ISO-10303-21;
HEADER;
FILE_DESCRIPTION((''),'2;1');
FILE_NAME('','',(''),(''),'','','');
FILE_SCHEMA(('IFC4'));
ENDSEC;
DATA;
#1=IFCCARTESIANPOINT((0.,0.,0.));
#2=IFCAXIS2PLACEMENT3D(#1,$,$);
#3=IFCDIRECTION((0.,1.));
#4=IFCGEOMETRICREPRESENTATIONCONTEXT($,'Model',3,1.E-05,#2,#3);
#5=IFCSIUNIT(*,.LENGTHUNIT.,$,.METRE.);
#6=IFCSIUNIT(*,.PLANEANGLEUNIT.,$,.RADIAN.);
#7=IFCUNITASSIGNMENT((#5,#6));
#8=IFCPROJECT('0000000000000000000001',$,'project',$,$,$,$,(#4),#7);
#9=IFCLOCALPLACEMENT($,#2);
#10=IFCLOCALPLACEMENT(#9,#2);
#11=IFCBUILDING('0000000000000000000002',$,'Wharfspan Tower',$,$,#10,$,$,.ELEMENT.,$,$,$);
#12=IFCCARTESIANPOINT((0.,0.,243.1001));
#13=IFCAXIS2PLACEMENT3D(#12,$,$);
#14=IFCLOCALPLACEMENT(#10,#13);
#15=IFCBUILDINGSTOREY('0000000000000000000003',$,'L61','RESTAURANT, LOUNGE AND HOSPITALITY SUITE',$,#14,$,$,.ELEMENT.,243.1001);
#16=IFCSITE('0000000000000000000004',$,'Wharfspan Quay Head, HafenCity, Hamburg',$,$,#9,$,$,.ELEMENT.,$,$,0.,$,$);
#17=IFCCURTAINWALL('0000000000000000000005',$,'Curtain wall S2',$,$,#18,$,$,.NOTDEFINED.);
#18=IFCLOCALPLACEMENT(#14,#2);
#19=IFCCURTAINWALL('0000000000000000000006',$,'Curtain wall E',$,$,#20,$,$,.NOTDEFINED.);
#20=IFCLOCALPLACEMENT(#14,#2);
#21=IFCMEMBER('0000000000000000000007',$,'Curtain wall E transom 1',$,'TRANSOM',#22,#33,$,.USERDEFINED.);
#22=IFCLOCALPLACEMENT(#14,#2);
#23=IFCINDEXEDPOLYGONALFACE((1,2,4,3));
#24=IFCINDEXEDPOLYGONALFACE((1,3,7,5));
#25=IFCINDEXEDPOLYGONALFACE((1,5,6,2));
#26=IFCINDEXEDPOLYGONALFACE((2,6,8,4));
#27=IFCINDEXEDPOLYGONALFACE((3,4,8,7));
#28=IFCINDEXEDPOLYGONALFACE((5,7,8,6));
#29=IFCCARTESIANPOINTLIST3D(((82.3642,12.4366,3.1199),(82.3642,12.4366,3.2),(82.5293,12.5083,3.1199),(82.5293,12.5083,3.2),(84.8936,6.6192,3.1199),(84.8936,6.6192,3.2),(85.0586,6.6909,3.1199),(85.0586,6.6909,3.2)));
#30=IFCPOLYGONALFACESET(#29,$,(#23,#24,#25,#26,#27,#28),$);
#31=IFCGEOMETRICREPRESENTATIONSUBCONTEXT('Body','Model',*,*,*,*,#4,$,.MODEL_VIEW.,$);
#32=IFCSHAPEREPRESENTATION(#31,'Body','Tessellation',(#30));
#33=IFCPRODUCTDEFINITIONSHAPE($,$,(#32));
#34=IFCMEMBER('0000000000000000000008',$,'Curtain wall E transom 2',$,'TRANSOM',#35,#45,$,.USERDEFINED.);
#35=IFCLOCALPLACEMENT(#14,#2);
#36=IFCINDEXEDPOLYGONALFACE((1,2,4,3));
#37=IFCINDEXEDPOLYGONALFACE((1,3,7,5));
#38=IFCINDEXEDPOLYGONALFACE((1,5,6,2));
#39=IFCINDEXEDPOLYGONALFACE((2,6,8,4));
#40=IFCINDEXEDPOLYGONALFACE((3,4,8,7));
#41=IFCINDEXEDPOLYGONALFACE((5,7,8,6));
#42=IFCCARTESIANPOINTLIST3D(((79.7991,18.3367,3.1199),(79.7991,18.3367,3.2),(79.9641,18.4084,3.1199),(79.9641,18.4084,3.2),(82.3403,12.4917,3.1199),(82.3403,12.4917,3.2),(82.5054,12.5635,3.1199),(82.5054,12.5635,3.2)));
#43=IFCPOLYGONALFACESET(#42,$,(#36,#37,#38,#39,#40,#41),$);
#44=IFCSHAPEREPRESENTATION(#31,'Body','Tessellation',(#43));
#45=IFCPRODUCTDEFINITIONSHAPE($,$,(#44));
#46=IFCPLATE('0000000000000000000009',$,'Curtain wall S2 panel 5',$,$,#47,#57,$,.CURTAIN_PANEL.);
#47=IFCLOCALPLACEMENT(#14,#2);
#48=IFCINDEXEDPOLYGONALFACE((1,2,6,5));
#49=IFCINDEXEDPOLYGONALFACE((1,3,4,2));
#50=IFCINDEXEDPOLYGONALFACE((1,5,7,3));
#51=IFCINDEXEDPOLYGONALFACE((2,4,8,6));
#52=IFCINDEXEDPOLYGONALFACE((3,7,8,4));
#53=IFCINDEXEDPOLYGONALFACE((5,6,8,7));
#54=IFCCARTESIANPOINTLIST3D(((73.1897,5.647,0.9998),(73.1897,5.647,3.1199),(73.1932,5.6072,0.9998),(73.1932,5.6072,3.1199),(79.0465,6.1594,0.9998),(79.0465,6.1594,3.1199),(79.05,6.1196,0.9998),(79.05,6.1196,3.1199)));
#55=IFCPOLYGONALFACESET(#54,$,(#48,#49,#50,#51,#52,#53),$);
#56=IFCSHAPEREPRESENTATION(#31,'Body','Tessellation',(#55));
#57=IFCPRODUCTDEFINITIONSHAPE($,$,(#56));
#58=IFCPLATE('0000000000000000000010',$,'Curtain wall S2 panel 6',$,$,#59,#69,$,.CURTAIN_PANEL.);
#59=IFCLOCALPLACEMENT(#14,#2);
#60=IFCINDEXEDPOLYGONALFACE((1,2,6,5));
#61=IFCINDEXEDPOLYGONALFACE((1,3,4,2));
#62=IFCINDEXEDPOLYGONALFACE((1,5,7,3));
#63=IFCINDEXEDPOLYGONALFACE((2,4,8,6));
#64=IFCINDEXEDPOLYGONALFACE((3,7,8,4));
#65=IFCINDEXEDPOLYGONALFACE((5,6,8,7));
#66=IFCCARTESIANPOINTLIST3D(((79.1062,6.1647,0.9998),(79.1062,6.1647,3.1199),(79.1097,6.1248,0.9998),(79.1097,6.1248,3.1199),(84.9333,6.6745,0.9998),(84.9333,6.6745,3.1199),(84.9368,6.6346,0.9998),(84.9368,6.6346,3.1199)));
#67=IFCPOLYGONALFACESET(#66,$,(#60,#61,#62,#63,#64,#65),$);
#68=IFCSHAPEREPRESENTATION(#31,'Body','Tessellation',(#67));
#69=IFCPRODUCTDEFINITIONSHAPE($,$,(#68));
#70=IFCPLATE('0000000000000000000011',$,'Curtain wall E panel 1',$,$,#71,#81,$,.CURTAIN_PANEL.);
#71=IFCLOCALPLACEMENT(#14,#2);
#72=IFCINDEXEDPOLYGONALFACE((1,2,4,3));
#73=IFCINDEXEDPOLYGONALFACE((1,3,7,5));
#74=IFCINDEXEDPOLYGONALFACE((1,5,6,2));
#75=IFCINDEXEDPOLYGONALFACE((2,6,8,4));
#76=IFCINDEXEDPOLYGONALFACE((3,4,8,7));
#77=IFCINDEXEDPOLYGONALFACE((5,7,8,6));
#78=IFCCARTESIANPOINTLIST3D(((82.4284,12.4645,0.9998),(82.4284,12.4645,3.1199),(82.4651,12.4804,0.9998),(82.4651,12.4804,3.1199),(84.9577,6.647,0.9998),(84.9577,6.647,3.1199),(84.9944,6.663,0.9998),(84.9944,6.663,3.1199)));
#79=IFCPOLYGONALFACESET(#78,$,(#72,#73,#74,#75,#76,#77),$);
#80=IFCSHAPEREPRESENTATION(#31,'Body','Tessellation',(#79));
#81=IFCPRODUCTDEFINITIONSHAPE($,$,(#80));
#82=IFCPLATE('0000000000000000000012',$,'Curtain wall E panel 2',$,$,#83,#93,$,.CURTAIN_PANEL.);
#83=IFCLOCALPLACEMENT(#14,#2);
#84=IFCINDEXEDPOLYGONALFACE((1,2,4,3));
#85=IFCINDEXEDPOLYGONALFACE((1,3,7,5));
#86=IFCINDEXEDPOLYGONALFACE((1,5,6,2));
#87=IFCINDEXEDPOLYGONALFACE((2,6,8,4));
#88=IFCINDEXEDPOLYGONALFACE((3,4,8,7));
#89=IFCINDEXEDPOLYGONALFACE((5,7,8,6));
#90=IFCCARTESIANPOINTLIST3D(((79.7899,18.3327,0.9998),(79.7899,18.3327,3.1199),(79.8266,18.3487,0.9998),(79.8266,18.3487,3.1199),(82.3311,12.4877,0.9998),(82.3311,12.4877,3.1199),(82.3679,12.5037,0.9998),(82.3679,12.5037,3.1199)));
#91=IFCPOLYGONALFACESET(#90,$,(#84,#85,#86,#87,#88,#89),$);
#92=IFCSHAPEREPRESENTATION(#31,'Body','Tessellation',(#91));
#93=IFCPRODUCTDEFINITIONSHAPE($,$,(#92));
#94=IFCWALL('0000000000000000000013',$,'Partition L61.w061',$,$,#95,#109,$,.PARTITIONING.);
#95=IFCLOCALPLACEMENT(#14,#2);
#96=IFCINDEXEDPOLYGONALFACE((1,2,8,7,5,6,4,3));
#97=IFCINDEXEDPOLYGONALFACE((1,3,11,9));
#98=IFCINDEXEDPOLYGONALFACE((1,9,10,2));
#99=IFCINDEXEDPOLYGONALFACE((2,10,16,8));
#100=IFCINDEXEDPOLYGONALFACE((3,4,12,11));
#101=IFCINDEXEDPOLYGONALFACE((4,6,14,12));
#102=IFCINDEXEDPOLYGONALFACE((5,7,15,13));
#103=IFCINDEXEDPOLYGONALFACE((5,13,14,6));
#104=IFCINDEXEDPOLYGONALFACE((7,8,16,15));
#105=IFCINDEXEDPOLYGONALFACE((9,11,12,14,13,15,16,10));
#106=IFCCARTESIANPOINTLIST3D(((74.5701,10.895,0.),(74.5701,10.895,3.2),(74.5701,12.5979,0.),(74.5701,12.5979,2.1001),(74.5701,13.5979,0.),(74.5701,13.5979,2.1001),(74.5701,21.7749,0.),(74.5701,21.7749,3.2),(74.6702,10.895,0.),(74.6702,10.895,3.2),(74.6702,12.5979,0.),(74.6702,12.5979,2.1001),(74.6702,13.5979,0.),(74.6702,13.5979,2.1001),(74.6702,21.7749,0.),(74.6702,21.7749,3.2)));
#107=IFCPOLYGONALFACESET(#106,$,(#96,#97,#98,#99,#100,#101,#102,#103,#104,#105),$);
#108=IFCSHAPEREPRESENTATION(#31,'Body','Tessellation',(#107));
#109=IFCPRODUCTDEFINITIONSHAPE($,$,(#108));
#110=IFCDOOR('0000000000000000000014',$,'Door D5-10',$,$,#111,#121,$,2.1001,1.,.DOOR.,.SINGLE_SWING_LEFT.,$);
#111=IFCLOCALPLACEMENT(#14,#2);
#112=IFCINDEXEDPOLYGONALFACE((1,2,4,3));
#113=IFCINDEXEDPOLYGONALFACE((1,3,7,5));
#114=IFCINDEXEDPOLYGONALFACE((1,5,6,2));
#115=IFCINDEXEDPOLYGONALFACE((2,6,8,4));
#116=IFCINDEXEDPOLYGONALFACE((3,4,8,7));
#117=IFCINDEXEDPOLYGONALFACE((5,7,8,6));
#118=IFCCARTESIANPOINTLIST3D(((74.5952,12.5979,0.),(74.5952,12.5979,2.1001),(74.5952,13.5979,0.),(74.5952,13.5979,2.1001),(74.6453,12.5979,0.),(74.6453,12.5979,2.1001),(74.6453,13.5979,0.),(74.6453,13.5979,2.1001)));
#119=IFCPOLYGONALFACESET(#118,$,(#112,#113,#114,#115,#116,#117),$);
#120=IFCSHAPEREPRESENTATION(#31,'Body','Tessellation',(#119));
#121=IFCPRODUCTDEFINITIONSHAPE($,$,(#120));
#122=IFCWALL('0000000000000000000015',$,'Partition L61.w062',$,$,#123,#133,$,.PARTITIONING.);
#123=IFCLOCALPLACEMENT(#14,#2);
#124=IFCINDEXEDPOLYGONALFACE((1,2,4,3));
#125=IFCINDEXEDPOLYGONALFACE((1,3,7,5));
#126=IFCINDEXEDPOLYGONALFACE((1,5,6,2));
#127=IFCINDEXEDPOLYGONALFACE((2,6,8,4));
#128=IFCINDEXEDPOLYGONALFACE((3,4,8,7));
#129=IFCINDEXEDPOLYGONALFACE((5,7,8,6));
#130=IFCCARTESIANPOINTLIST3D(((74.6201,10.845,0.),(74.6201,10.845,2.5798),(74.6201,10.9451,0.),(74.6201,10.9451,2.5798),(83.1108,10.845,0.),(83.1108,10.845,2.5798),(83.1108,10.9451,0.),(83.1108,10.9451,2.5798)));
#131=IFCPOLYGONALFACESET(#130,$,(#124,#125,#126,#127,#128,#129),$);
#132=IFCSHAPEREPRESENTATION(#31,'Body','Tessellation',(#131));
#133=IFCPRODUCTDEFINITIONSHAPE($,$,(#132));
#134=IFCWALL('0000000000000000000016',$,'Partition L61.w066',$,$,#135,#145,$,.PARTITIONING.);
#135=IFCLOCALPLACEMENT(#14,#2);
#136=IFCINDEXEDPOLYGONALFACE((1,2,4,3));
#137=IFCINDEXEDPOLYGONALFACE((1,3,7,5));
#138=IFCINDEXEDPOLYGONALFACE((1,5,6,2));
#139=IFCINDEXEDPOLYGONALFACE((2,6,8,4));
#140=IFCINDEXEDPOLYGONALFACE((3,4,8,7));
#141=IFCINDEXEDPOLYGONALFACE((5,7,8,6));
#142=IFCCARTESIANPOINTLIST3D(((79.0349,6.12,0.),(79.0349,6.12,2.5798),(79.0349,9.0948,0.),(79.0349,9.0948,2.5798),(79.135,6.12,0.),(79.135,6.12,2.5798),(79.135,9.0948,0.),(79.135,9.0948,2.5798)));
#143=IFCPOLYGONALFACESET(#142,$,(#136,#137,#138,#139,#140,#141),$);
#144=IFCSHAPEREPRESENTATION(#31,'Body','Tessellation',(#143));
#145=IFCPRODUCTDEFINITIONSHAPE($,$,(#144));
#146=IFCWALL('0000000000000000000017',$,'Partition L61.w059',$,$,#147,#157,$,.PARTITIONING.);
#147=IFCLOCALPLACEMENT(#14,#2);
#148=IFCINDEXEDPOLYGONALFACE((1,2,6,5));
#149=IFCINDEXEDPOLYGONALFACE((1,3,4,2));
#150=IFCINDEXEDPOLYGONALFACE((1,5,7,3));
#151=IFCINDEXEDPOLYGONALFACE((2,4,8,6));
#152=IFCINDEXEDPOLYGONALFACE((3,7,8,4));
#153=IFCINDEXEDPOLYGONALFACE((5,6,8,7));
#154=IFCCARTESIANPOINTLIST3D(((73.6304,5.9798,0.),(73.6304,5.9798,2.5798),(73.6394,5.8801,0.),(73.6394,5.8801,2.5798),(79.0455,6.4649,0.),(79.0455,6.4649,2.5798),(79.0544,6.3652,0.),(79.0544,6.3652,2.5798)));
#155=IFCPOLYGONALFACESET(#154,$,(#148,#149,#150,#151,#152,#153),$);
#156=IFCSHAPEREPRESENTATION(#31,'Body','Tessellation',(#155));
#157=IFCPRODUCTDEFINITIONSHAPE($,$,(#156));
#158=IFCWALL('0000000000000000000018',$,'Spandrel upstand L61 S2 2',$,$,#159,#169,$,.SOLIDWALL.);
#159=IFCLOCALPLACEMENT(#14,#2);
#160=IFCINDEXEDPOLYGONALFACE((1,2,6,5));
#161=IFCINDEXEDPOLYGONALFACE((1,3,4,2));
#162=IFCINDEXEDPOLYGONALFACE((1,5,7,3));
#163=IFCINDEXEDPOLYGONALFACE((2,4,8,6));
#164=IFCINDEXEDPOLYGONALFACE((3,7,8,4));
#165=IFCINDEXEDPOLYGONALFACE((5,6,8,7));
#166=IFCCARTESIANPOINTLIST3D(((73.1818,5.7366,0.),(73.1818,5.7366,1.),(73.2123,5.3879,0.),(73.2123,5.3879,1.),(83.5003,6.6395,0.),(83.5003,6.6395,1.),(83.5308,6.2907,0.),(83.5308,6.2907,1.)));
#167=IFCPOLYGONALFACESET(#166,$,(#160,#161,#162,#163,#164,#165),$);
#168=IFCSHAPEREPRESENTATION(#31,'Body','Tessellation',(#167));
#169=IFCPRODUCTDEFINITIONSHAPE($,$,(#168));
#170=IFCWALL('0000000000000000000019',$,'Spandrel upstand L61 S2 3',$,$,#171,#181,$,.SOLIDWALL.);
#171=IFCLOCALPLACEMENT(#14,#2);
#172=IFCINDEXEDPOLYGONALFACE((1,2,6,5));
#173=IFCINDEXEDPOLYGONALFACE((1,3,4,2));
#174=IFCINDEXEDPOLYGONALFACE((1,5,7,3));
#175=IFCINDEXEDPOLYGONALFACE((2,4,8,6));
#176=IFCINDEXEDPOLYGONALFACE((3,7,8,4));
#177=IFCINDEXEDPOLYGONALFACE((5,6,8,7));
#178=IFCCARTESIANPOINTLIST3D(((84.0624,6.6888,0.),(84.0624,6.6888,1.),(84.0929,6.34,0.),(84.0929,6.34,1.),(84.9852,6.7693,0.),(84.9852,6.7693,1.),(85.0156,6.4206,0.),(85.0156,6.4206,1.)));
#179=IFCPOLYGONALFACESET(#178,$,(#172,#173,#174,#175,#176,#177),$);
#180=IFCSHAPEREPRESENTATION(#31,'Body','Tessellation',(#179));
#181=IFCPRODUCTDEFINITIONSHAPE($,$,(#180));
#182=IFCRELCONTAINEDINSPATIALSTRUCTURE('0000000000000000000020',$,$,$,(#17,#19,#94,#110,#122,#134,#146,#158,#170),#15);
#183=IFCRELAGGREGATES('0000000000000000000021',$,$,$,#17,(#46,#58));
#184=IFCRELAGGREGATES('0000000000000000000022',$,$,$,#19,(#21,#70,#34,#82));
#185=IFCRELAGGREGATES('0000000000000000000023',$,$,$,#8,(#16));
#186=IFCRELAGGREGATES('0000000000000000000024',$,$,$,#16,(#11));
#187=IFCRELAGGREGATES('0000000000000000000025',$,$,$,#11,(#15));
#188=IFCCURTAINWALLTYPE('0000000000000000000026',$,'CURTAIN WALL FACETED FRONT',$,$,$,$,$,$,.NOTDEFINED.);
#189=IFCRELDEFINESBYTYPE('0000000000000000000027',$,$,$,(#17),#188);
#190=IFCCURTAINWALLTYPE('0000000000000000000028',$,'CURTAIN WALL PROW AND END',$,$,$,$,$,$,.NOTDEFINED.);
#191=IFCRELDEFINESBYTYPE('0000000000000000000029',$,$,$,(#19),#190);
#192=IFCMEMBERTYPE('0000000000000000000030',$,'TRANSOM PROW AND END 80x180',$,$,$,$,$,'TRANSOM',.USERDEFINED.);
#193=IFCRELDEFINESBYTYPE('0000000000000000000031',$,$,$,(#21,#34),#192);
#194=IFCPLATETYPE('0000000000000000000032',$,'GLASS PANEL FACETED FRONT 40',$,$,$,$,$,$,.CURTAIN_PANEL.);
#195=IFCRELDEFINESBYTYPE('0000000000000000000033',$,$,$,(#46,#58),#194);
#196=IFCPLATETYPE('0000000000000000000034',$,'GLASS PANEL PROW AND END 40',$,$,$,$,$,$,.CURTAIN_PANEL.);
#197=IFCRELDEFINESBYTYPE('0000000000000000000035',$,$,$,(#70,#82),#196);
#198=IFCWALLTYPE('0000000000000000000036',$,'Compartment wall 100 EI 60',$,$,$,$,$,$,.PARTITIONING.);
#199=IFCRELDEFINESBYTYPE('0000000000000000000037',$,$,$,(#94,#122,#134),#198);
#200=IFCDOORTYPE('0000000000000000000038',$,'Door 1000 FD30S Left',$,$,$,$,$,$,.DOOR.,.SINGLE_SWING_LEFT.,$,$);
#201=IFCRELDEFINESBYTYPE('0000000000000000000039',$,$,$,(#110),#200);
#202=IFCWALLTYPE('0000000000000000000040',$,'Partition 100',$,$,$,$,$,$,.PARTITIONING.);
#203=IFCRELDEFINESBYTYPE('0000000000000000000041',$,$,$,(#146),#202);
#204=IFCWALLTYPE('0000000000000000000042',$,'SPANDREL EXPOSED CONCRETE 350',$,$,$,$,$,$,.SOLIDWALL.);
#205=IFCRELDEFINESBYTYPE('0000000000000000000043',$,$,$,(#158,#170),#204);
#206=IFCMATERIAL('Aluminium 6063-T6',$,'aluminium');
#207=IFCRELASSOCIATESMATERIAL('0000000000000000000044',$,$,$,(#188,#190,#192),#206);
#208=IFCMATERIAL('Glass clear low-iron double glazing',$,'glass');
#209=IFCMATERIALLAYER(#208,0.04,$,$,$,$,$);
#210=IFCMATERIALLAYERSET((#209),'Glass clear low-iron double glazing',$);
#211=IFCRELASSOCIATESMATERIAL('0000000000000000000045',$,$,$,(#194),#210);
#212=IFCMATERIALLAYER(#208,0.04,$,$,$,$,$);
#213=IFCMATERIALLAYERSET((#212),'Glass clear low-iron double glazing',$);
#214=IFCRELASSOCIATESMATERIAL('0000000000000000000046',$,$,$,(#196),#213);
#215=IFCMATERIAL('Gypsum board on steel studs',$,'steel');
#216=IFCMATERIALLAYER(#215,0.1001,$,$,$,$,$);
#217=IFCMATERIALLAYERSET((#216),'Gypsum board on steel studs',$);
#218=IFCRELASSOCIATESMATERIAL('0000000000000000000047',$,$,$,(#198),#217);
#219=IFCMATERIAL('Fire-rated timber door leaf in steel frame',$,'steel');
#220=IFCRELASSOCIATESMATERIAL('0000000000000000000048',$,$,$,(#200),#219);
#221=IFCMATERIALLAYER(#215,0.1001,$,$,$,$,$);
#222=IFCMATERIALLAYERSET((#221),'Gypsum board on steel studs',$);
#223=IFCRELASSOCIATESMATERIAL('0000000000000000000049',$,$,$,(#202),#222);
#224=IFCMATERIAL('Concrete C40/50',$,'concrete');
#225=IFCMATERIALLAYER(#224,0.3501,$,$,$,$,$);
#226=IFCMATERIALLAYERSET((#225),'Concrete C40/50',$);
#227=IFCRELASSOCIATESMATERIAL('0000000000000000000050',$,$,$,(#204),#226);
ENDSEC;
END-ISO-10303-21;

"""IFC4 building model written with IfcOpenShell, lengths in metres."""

from ifc_helpers import new_model, si_unit, direction, frame, frame_2d, origin, origin_2d, place, context, subcontext, project, spatial, rectangle, extrude, material, layer, layer_set, material_profile, profile_set, type_object, element, fill, aggregate, save


model = new_model("IFC4")

# Units and contexts
model_context = context("Model", 3, precision=1e-05, world=origin(), true_north=direction((0.0, 1.0)))
body_context = subcontext(model_context, "Body", "Model", "MODEL_VIEW")
ifc_project = project(units=[si_unit("LENGTHUNIT", "METRE"), si_unit("PLANEANGLEUNIT", "RADIAN")], contexts=[model_context])

# Site, building, storey
site_placement = place(None, origin())
site = spatial("IfcSite", under=ifc_project, at=site_placement, Name="Wharfspan Quay Head, HafenCity, Hamburg", CompositionType="ELEMENT", RefElevation=0.0)
building_placement = place(site_placement, origin())
building = spatial("IfcBuilding", under=site, at=building_placement, Name="Wharfspan Tower", CompositionType="ELEMENT")
storey_placement = place(building_placement, frame((0.0, 0.0, 243.1001)))
storey = spatial("IfcBuildingStorey", under=building, at=storey_placement, Name="L61", Description="RESTAURANT, LOUNGE AND HOSPITALITY SUITE", CompositionType="ELEMENT", Elevation=243.1001)

# Curtain walls
ifc_material_1 = material(Name="Aluminium 6063-T6", Category="aluminium")
curtain_wall_type_1 = type_object("IfcCurtainWallType", Name="CURTAIN WALL FACETED FRONT", PredefinedType="NOTDEFINED", material=ifc_material_1)
curtain_wall_1_placement = place(storey_placement, origin())
curtain_wall_1 = element("IfcCurtainWall", 1, at=curtain_wall_1_placement, inside=storey, type_object=curtain_wall_type_1, Name="Curtain wall S2", PredefinedType="NOTDEFINED")
curtain_wall_type_2 = type_object("IfcCurtainWallType", Name="CURTAIN WALL PROW AND END", PredefinedType="NOTDEFINED", material=ifc_material_1)
curtain_wall_2_placement = place(storey_placement, origin())
curtain_wall_2 = element("IfcCurtainWall", 2, at=curtain_wall_2_placement, inside=storey, type_object=curtain_wall_type_2, Name="Curtain wall E", PredefinedType="NOTDEFINED")

# Members
ifc_material_profile_1 = material_profile(ifc_material_1, rectangle(XDim=0.1799, YDim=0.0801, at=origin_2d()))
ifc_profile_set_1 = profile_set([ifc_material_profile_1], Name="Aluminium 6063-T6")
member_type_1 = type_object("IfcMemberType", Name="TRANSOM PROW AND END 80x180", ElementType="TRANSOM", PredefinedType="USERDEFINED", material=ifc_profile_set_1)
member_1_placement = place(storey_placement, frame((84.9761, 6.655, 3.1599), z_axis=(-0.398726, 0.91707, 0.0), x_axis=(-0.91707, -0.398726, 0.0)))
member_1 = element("IfcMember", 3, at=member_1_placement, type_object=member_type_1, Name="Curtain wall E transom 1", ObjectType="TRANSOM", PredefinedType="USERDEFINED", context=body_context, shape_type="SweptSolid", body=[
    extrude(rectangle(XDim=0.1799, YDim=0.0801, at=origin_2d()), origin(), (0.0, 0.0, 1.0), 6.3435),
])
member_2_placement = place(storey_placement, frame((82.4229, 12.5276, 3.1599), z_axis=(-0.398722, 0.917072, 0.0), x_axis=(-0.917072, -0.398722, 0.0)))
member_2 = element("IfcMember", 4, at=member_2_placement, type_object=member_type_1, Name="Curtain wall E transom 2", ObjectType="TRANSOM", PredefinedType="USERDEFINED", context=body_context, shape_type="SweptSolid", body=[
    extrude(rectangle(XDim=0.1799, YDim=0.0801, at=origin_2d()), origin(), (0.0, 0.0, 1.0), 6.3735),
])

# Plates
ifc_material_2 = material(Name="Glass clear low-iron double glazing", Category="glass")
ifc_layer_1 = layer(ifc_material_2, 0.04)
ifc_layer_set_1 = layer_set([ifc_layer_1], Name="Glass clear low-iron double glazing")
plate_type_1 = type_object("IfcPlateType", Name="GLASS PANEL FACETED FRONT 40", PredefinedType="CURTAIN_PANEL", material=ifc_layer_set_1)
plate_1_placement = place(storey_placement, frame((76.1199, 5.8833, 0.9998), z_axis=(0.0, 0.0, 1.0), x_axis=(0.996197, 0.087156, 0.0)))
plate_1 = element("IfcPlate", 5, at=plate_1_placement, type_object=plate_type_1, Name="Curtain wall S2 panel 5", PredefinedType="CURTAIN_PANEL", context=body_context, shape_type="SweptSolid", body=[
    extrude(rectangle(XDim=5.8792, YDim=0.04, at=origin_2d()), origin(), (0.0, 0.0, 1.0), 2.1201),
])
plate_2_placement = place(storey_placement, frame((82.0215, 6.3997, 0.9998), z_axis=(0.0, 0.0, 1.0), x_axis=(0.996197, 0.087156, 0.0)))
plate_2 = element("IfcPlate", 6, at=plate_2_placement, type_object=plate_type_1, Name="Curtain wall S2 panel 6", PredefinedType="CURTAIN_PANEL", context=body_context, shape_type="SweptSolid", body=[
    extrude(rectangle(XDim=5.8494, YDim=0.04, at=origin_2d()), origin(), (0.0, 0.0, 1.0), 2.1201),
])
aggregate(curtain_wall_1, [plate_1, plate_2])
ifc_layer_2 = layer(ifc_material_2, 0.04)
ifc_layer_set_2 = layer_set([ifc_layer_2], Name="Glass clear low-iron double glazing")
plate_type_2 = type_object("IfcPlateType", Name="GLASS PANEL PROW AND END 40", PredefinedType="CURTAIN_PANEL", material=ifc_layer_set_2)
plate_3_placement = place(storey_placement, frame((83.7114, 9.5637, 0.9998), z_axis=(0.0, 0.0, 1.0), x_axis=(-0.398727, 0.917072, 0.0)))
plate_3 = element("IfcPlate", 7, at=plate_3_placement, type_object=plate_type_2, Name="Curtain wall E panel 1", PredefinedType="CURTAIN_PANEL", context=body_context, shape_type="SweptSolid", body=[
    extrude(rectangle(XDim=6.3435, YDim=0.04, at=origin_2d()), origin(), (0.0, 0.0, 1.0), 2.1201),
])
plate_4_placement = place(storey_placement, frame((81.0789, 15.4182, 0.9998), z_axis=(0.0, 0.0, 1.0), x_axis=(-0.398727, 0.917072, 0.0)))
plate_4 = element("IfcPlate", 8, at=plate_4_placement, type_object=plate_type_2, Name="Curtain wall E panel 2", PredefinedType="CURTAIN_PANEL", context=body_context, shape_type="SweptSolid", body=[
    extrude(rectangle(XDim=6.3735, YDim=0.04, at=origin_2d()), origin(), (0.0, 0.0, 1.0), 2.1201),
])
aggregate(curtain_wall_2, [member_1, plate_3, member_2, plate_4])

# Wall, opening, door
ifc_material_3 = material(Name="Gypsum board on steel studs", Category="steel")
ifc_layer_3 = layer(ifc_material_3, 0.1001)
ifc_layer_set_3 = layer_set([ifc_layer_3], Name="Gypsum board on steel studs")
wall_type_1 = type_object("IfcWallType", Name="Compartment wall 100 EI 60", PredefinedType="PARTITIONING", material=ifc_layer_set_3)
wall_1_placement = place(storey_placement, frame((74.6201, 10.895, 0.0), z_axis=(0.0, 0.0, 1.0), x_axis=(0.0, 1.0, 0.0)))
wall_1 = element("IfcWall", 9, at=wall_1_placement, inside=storey, type_object=wall_type_1, Name="Partition L61.w061", PredefinedType="PARTITIONING", context=body_context, shape_type="SweptSolid", body=[
    extrude(rectangle(XDim=10.8799, YDim=0.1001, at=frame_2d((5.4399, 0.0))), origin(), (0.0, 0.0, 1.0), 3.2),
])
opening_placement = place(wall_1_placement, frame((1.7029, 0.0, 0.0)))
opening = element("IfcOpeningElement", 10, at=opening_placement, cuts=wall_1, PredefinedType="OPENING", context=body_context, shape_type="SweptSolid", body=[
    extrude(rectangle(XDim=1.0, YDim=2.1001, at=frame_2d((0.5, 1.05))), frame((0.0, 0.0601, 0.0), z_axis=(0.0, -1.0, 0.0), x_axis=(1.0, 0.0, 0.0)), (0.0, 0.0, 1.0), 0.1201),
])
ifc_material_4 = material(Name="Fire-rated timber door leaf in steel frame", Category="steel")
door_type = type_object("IfcDoorType", Name="Door 1000 FD30S Left", OperationType="SINGLE_SWING_LEFT", PredefinedType="DOOR", material=ifc_material_4)
door_placement = place(opening_placement, origin())
door = element("IfcDoor", 11, at=door_placement, inside=storey, type_object=door_type, Name="Door D5-10", OperationType="SINGLE_SWING_LEFT", OverallHeight=2.1001, OverallWidth=1.0, PredefinedType="DOOR", context=body_context, shape_type="SweptSolid", body=[
    extrude(rectangle(XDim=1.0, YDim=2.1001, at=frame_2d((0.5, 1.05))), frame((0.0, 0.0249, 0.0), z_axis=(0.0, -1.0, 0.0), x_axis=(1.0, 0.0, 0.0)), (0.0, 0.0, 1.0), 0.05),
])
fill(opening, door)

# Walls
wall_2_placement = place(storey_placement, frame((74.6201, 10.895, 0.0), z_axis=(0.0, 0.0, 1.0), x_axis=(1.0, 0.0, 0.0)))
element("IfcWall", 12, at=wall_2_placement, inside=storey, type_object=wall_type_1, Name="Partition L61.w062", PredefinedType="PARTITIONING", context=body_context, shape_type="SweptSolid", body=[
    extrude(rectangle(XDim=8.4907, YDim=0.1001, at=frame_2d((4.2454, 0.0))), origin(), (0.0, 0.0, 1.0), 2.5798),
])
wall_3_placement = place(storey_placement, frame((79.085, 6.1201, 0.0), z_axis=(0.0, 0.0, 1.0), x_axis=(0.0, 1.0, 0.0)))
element("IfcWall", 13, at=wall_3_placement, inside=storey, type_object=wall_type_1, Name="Partition L61.w066", PredefinedType="PARTITIONING", context=body_context, shape_type="SweptSolid", body=[
    extrude(rectangle(XDim=2.9749, YDim=0.1001, at=frame_2d((1.4873, 0.0))), origin(), (0.0, 0.0, 1.0), 2.5798),
])
ifc_layer_4 = layer(ifc_material_3, 0.1001)
ifc_layer_set_4 = layer_set([ifc_layer_4], Name="Gypsum board on steel studs")
wall_type_2 = type_object("IfcWallType", Name="Partition 100", PredefinedType="PARTITIONING", material=ifc_layer_set_4)
wall_4_placement = place(storey_placement, frame((73.635, 5.9299, 0.0), z_axis=(0.0, 0.0, 1.0), x_axis=(0.996013, 0.089228, 0.0)))
element("IfcWall", 14, at=wall_4_placement, inside=storey, type_object=wall_type_2, Name="Partition L61.w059", PredefinedType="PARTITIONING", context=body_context, shape_type="SweptSolid", body=[
    extrude(rectangle(XDim=5.4368, YDim=0.1001, at=frame_2d((2.7183, 0.0))), origin(), (0.0, 0.0, 1.0), 2.5798),
])
ifc_material_5 = material(Name="Concrete C40/50", Category="concrete")
ifc_layer_5 = layer(ifc_material_5, 0.3501)
ifc_layer_set_5 = layer_set([ifc_layer_5], Name="Concrete C40/50")
wall_type_3 = type_object("IfcWallType", Name="SPANDREL EXPOSED CONCRETE 350", PredefinedType="SOLIDWALL", material=ifc_layer_set_5)
wall_5_placement = place(storey_placement, frame((73.197, 5.5623, 0.0), z_axis=(0.0, 0.0, 1.0), x_axis=(0.996198, 0.087163, 0.0)))
element("IfcWall", 15, at=wall_5_placement, inside=storey, type_object=wall_type_3, Name="Spandrel upstand L61 S2 2", PredefinedType="SOLIDWALL", context=body_context, shape_type="SweptSolid", body=[
    extrude(rectangle(XDim=10.3579, YDim=0.3501, at=frame_2d((5.179, 0.0))), origin(), (0.0, 0.0, 1.0), 1.0),
])
wall_6_placement = place(storey_placement, frame((84.0776, 6.5144, 0.0), z_axis=(0.0, 0.0, 1.0), x_axis=(0.996213, 0.086971, 0.0)))
element("IfcWall", 16, at=wall_6_placement, inside=storey, type_object=wall_type_3, Name="Spandrel upstand L61 S2 3", PredefinedType="SOLIDWALL", context=body_context, shape_type="SweptSolid", body=[
    extrude(rectangle(XDim=0.9263, YDim=0.3501, at=frame_2d((0.4631, 0.0))), origin(), (0.0, 0.0, 1.0), 1.0),
])

save(model, "model.ifc")
